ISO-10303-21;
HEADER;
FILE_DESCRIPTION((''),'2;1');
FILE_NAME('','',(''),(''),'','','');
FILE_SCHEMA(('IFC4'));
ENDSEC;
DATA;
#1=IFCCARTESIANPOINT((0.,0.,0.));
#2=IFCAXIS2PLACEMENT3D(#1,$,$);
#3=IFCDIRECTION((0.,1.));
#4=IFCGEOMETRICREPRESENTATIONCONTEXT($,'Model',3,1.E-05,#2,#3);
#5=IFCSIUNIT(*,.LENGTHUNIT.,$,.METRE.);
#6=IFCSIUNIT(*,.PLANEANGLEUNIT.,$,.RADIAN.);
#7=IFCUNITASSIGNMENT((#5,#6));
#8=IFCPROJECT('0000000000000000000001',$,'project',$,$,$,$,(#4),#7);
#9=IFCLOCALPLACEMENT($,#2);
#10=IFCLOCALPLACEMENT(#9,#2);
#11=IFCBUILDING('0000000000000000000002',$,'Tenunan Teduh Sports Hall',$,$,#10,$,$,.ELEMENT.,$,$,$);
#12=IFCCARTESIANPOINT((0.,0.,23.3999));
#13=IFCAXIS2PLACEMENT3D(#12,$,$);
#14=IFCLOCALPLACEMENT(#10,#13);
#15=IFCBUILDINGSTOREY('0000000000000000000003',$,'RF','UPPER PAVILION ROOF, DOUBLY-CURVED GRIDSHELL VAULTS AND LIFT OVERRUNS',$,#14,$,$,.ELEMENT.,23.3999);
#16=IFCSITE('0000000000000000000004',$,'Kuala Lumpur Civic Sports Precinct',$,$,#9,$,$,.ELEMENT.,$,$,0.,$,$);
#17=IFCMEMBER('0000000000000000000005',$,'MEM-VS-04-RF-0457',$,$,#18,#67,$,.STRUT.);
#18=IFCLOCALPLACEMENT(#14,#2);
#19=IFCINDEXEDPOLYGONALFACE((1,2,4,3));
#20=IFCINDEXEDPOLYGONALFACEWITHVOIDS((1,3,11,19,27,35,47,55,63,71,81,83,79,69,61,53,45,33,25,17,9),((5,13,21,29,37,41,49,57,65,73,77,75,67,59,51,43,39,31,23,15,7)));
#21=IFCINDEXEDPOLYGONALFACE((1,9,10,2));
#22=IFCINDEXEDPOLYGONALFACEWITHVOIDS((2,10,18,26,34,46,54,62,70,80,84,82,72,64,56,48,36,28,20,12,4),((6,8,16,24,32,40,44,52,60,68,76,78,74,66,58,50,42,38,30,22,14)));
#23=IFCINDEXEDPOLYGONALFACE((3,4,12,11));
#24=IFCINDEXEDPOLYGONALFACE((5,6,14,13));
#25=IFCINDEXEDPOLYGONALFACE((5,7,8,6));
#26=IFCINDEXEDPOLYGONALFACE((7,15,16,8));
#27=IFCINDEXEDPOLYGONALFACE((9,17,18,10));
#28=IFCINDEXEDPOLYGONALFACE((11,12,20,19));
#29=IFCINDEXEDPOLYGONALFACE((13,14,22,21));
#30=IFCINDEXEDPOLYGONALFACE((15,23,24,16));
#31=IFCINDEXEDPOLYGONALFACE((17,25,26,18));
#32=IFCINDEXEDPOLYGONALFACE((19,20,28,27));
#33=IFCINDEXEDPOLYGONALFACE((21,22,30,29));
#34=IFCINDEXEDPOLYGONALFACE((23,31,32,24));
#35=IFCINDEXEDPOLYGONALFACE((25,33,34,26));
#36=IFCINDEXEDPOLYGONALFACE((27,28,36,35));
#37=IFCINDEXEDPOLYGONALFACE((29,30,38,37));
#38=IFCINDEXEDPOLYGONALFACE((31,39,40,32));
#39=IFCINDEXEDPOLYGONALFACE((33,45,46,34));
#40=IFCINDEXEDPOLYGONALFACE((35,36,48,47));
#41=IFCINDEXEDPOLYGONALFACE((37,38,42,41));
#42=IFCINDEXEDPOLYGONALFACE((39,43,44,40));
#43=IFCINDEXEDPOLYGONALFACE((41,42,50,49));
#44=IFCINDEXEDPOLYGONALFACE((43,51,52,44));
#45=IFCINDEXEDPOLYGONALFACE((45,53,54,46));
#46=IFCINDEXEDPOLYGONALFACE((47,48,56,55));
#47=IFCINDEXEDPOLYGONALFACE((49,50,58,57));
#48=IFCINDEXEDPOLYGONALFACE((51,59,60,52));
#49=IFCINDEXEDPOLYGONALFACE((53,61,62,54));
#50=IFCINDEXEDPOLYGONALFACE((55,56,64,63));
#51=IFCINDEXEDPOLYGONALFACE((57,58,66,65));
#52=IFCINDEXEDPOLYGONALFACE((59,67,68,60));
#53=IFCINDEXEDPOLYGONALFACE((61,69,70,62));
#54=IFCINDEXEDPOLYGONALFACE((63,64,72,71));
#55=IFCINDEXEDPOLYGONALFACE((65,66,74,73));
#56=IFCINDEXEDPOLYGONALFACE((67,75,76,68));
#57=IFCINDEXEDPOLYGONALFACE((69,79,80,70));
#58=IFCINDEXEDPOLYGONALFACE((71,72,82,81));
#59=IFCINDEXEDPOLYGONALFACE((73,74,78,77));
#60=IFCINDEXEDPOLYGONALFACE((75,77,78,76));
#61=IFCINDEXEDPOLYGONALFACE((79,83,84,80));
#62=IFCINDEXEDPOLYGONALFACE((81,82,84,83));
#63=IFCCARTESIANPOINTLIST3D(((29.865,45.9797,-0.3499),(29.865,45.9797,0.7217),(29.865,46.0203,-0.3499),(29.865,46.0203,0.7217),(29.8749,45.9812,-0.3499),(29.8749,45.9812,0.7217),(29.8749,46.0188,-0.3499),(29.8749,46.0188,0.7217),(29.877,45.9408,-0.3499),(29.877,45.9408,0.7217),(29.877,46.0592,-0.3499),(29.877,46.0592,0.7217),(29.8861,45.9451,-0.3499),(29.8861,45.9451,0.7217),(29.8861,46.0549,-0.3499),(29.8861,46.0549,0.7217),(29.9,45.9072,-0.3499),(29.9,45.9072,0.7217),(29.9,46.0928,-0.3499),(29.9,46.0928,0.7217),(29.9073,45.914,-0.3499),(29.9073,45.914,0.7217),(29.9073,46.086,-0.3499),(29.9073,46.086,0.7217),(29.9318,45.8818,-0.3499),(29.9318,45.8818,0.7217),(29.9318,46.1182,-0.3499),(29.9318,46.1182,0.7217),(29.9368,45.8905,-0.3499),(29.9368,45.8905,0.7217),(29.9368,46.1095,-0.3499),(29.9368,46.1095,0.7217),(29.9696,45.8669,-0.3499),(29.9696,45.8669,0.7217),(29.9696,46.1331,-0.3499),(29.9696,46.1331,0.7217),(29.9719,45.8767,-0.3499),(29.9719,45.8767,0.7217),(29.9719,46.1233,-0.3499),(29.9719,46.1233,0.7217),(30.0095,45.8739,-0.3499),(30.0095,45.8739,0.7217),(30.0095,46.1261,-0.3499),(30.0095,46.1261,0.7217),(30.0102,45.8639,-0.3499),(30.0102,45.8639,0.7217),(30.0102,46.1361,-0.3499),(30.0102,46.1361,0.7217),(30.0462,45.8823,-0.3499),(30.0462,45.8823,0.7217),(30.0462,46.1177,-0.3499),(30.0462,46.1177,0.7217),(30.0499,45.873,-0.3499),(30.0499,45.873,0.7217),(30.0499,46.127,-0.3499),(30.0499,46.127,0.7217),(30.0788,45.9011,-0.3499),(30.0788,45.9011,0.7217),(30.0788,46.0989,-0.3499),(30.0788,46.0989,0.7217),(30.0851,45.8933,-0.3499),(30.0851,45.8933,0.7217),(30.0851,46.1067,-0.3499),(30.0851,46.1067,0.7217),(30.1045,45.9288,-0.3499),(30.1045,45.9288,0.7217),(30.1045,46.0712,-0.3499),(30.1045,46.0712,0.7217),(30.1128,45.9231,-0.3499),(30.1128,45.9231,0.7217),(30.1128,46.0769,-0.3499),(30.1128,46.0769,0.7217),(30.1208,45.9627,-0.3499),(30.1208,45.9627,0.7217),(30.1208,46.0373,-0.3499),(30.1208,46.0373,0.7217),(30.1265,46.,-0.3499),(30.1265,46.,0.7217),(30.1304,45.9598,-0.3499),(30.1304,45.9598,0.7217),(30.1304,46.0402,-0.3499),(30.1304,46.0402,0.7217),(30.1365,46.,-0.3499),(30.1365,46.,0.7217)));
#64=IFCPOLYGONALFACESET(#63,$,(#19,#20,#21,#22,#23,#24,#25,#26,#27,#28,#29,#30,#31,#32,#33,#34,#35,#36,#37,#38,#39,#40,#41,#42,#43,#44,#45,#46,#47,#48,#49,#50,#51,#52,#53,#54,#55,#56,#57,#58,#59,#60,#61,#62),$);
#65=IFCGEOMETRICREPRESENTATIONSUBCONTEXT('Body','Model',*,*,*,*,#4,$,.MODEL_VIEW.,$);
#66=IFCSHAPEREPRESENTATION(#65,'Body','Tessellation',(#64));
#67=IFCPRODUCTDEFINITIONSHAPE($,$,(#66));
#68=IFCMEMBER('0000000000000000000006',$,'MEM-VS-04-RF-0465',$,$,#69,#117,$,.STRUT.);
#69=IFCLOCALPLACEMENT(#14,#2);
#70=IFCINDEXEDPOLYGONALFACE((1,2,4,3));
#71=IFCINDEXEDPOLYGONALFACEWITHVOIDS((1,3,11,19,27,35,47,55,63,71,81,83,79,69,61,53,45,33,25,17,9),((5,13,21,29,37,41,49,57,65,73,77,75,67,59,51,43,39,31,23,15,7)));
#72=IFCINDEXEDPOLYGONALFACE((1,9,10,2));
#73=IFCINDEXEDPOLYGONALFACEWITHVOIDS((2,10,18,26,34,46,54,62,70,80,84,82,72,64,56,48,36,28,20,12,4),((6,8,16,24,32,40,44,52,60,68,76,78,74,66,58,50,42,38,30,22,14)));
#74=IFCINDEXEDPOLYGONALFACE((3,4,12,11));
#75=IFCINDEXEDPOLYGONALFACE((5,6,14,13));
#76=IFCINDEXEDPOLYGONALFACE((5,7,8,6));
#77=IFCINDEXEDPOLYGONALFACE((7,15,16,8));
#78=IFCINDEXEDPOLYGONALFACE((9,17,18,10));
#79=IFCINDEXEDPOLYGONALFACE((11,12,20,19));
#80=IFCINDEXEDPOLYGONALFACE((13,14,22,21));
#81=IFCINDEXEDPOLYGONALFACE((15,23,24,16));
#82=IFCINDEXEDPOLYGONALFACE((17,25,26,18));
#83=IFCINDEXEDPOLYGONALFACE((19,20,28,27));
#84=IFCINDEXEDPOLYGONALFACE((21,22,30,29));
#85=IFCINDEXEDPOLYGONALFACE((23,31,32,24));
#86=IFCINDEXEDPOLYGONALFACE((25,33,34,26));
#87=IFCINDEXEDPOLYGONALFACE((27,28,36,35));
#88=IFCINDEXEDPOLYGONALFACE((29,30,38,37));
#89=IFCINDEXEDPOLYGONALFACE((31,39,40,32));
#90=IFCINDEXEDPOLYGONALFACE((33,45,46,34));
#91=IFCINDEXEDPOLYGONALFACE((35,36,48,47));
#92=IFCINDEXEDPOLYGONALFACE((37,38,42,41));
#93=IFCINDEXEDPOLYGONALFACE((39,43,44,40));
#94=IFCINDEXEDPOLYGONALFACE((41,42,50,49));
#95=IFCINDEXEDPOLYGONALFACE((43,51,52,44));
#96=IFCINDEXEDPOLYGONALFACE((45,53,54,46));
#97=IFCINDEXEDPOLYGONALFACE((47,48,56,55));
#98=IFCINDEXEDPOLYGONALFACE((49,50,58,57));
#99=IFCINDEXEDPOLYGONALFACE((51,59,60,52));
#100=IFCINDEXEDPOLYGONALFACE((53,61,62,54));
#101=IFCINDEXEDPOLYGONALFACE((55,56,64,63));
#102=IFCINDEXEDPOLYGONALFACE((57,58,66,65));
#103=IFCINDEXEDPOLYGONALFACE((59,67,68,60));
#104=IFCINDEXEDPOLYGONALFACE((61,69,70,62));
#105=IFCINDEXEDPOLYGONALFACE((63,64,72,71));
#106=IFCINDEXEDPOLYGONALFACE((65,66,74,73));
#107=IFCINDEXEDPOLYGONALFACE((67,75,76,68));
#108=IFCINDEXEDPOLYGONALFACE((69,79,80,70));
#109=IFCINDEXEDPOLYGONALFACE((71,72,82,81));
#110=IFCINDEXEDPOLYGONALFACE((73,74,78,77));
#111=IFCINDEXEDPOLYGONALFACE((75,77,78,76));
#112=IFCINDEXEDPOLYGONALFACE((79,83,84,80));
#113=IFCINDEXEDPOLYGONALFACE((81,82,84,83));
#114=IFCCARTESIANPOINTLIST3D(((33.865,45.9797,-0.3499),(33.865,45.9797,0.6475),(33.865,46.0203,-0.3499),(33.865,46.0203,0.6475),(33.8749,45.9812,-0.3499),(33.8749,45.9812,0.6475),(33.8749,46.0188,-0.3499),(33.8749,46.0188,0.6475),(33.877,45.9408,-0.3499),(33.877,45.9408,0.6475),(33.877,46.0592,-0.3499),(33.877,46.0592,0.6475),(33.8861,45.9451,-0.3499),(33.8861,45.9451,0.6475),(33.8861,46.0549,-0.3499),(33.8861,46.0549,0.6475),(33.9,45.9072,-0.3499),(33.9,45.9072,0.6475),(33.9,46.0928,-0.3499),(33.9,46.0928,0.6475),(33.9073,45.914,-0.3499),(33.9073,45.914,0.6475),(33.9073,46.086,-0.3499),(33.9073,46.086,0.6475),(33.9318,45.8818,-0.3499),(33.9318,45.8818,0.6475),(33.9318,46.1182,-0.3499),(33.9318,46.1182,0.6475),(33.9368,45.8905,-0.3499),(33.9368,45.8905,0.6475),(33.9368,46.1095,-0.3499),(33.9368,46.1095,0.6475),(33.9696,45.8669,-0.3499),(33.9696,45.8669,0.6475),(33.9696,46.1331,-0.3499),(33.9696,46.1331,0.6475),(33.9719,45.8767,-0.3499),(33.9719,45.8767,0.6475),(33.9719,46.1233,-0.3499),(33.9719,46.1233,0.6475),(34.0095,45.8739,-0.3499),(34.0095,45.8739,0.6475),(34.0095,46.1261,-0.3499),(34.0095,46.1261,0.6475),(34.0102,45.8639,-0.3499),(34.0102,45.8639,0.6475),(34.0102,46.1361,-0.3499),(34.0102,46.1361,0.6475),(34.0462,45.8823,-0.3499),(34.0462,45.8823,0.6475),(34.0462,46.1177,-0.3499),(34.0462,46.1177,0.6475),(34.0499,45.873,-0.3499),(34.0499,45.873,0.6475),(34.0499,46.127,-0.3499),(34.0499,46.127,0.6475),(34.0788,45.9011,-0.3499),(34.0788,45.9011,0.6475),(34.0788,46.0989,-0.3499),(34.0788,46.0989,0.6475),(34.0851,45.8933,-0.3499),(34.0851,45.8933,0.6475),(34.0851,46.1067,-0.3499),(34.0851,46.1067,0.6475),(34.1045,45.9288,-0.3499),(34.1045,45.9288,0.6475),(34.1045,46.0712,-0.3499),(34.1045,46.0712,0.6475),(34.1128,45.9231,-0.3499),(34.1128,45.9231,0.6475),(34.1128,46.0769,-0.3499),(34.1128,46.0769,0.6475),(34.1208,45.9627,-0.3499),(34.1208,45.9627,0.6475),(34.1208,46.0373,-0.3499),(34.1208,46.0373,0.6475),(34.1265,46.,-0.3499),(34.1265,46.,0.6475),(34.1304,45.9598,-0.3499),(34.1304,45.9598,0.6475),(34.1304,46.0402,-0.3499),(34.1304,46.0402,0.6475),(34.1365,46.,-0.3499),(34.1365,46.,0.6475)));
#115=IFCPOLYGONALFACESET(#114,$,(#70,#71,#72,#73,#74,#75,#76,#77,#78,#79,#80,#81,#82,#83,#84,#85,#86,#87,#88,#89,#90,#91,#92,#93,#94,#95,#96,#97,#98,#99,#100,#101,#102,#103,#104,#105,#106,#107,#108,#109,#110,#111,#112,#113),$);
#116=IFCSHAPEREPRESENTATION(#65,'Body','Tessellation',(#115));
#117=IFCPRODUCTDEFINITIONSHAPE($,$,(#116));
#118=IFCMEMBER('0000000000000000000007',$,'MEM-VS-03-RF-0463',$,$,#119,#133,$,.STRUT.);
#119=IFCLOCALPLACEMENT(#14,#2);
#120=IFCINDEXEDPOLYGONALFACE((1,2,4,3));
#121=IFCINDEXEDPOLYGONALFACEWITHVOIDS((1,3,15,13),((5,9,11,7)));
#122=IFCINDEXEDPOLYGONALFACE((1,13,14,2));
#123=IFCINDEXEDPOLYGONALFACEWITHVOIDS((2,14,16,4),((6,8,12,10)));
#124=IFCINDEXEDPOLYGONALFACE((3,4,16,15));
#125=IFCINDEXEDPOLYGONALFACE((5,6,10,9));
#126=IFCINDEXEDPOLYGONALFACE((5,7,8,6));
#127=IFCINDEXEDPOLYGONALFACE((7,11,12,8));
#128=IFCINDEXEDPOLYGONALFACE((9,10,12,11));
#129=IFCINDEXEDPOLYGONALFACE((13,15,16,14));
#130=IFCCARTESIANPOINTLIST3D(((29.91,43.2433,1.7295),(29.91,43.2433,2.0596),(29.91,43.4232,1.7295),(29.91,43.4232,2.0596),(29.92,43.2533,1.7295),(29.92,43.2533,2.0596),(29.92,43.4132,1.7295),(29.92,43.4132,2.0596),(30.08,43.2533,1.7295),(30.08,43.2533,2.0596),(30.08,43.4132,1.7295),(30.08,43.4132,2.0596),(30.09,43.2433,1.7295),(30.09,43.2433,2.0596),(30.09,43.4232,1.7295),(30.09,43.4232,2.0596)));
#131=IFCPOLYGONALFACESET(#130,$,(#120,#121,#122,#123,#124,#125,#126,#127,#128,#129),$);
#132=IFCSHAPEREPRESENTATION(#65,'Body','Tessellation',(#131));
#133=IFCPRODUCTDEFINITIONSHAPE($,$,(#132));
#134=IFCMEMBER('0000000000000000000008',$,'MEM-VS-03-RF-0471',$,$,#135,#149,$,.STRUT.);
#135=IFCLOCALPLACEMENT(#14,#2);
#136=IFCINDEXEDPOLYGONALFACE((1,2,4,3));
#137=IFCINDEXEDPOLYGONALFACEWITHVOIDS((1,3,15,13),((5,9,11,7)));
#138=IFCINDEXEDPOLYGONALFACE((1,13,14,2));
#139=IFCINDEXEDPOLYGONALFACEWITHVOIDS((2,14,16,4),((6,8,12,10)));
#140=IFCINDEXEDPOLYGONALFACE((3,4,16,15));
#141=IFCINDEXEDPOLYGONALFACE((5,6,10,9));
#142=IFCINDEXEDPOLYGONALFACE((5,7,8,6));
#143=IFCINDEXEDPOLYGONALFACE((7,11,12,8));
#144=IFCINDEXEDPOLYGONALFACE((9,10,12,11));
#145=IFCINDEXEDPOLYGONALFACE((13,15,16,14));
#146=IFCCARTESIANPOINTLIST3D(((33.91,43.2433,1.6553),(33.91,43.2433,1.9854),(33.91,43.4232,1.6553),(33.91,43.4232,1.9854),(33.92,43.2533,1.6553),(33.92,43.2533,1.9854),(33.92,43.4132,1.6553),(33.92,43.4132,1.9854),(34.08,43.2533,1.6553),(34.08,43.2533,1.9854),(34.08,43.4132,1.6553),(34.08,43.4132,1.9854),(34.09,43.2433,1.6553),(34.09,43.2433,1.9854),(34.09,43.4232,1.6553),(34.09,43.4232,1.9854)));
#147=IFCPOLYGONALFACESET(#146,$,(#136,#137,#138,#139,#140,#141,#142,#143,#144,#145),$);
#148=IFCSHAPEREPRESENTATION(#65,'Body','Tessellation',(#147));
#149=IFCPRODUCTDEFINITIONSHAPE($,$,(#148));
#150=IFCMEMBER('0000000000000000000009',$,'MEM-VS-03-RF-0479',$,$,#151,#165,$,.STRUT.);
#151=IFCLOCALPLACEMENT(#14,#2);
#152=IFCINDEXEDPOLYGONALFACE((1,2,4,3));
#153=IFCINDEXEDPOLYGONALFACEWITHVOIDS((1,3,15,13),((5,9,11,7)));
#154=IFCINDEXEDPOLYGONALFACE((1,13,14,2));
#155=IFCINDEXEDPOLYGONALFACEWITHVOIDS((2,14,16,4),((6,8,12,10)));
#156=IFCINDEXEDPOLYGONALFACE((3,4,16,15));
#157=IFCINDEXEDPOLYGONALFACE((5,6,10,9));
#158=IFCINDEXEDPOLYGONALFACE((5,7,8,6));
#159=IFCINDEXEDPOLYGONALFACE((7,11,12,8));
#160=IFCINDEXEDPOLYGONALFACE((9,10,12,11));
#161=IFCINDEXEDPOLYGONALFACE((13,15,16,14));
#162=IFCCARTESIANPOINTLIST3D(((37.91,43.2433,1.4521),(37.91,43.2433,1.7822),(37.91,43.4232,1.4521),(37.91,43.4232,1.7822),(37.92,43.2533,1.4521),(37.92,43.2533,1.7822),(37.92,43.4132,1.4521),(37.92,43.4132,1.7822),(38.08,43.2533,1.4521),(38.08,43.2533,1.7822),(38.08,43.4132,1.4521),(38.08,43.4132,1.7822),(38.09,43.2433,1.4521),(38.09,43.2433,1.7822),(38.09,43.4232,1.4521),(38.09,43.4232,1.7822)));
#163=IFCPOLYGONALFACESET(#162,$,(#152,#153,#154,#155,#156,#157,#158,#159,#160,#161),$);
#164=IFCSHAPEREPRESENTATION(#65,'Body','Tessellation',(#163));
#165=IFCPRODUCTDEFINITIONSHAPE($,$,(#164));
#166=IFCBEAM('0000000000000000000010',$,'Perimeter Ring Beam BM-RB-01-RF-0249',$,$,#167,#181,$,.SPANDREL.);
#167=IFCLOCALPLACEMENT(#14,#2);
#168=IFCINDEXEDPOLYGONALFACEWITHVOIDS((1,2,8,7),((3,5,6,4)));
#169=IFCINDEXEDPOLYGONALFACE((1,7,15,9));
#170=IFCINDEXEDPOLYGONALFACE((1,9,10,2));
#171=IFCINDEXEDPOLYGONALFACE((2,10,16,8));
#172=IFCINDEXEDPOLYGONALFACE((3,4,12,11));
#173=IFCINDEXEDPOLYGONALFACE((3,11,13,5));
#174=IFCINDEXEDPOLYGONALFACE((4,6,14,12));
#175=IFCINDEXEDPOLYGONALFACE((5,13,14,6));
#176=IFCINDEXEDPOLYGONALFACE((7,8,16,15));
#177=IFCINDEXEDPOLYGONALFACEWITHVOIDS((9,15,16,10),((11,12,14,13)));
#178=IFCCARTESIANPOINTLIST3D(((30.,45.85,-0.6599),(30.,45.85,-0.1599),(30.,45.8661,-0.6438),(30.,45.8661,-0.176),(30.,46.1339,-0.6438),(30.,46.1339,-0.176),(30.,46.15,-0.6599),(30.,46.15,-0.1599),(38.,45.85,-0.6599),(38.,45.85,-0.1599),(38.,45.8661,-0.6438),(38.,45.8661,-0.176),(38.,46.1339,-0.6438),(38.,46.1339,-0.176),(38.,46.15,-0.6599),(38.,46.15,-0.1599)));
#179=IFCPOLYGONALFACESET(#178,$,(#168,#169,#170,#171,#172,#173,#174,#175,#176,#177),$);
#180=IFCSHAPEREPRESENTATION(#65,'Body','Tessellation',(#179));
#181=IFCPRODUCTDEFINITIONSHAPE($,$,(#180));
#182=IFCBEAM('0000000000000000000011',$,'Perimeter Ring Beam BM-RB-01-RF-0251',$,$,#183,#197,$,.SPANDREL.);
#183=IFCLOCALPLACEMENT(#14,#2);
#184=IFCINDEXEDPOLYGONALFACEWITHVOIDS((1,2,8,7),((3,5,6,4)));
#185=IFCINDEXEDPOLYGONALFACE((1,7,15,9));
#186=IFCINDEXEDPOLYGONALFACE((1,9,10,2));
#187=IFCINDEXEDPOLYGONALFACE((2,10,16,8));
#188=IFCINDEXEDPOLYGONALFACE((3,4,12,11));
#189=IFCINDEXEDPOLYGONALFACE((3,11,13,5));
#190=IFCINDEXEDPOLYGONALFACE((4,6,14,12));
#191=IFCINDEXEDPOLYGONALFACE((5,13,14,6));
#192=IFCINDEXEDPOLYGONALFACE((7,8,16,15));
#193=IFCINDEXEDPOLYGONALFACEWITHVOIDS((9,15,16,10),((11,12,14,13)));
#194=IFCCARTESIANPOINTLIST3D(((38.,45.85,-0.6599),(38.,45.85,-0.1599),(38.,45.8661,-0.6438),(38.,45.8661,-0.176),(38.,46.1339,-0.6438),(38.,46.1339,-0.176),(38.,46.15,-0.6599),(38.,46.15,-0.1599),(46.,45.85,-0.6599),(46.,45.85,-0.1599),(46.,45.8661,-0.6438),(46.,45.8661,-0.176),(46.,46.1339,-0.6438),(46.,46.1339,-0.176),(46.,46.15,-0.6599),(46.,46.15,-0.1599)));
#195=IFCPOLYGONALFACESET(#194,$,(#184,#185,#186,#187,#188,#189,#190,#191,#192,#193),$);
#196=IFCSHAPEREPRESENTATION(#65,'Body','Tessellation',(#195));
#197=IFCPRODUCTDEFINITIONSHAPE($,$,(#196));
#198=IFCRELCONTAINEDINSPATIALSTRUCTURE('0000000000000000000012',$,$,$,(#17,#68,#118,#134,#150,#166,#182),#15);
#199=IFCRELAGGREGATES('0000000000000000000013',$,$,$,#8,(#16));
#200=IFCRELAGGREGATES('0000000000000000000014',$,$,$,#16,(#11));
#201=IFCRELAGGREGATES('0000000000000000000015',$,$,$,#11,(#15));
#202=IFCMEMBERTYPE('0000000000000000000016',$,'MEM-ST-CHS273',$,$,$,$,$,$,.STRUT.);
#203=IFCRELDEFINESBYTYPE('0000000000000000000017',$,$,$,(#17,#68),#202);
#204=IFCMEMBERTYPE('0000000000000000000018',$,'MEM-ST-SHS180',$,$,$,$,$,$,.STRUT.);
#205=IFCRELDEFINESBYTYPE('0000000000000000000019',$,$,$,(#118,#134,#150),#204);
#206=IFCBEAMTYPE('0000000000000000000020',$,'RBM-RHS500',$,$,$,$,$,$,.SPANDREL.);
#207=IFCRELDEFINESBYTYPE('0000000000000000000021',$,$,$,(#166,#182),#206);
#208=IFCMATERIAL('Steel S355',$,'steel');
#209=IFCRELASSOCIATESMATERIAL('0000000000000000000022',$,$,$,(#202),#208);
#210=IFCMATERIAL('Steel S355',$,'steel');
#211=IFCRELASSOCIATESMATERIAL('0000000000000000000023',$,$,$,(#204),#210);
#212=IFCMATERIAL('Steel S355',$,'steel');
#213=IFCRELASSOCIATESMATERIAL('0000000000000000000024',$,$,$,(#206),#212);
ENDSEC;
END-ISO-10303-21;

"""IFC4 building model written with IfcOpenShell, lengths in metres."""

from ifc_helpers import new_model, si_unit, direction, frame, origin, origin_2d, place, context, subcontext, project, spatial, hollow_rectangle, hollow_circle, extrude, material, material_profile, profile_set, type_object, element, save


model = new_model("IFC4")

# Units and contexts
model_context = context("Model", 3, precision=1e-05, world=origin(), true_north=direction((0.0, 1.0)))
body_context = subcontext(model_context, "Body", "Model", "MODEL_VIEW")
ifc_project = project(units=[si_unit("LENGTHUNIT", "METRE"), si_unit("PLANEANGLEUNIT", "RADIAN")], contexts=[model_context])

# Site, building, storey
site_placement = place(None, origin())
site = spatial("IfcSite", under=ifc_project, at=site_placement, Name="Kuala Lumpur Civic Sports Precinct", CompositionType="ELEMENT", RefElevation=0.0)
building_placement = place(site_placement, origin())
building = spatial("IfcBuilding", under=site, at=building_placement, Name="Tenunan Teduh Sports Hall", CompositionType="ELEMENT")
storey_placement = place(building_placement, frame((0.0, 0.0, 23.3999)))
storey = spatial("IfcBuildingStorey", under=building, at=storey_placement, Name="RF", Description="UPPER PAVILION ROOF, DOUBLY-CURVED GRIDSHELL VAULTS AND LIFT OVERRUNS", CompositionType="ELEMENT", Elevation=23.3999)

# Members
ifc_material_1 = material(Name="Steel S355", Category="steel")
ifc_material_profile_1 = material_profile(ifc_material_1, hollow_circle(Radius=0.1365, WallThickness=0.01, at=origin_2d()), Name="CHS 273.0x10.0")
ifc_profile_set_1 = profile_set([ifc_material_profile_1], Name="Steel S355")
member_type_1 = type_object("IfcMemberType", Name="MEM-ST-CHS273", PredefinedType="STRUT", material=ifc_profile_set_1)
member_1_placement = place(storey_placement, frame((30.0, 46.0, -0.3499), z_axis=(0.0, 0.0, 1.0), x_axis=(1.0, 0.0, 0.0)))
element("IfcMember", 1, at=member_1_placement, inside=storey, type_object=member_type_1, Name="MEM-VS-04-RF-0457", PredefinedType="STRUT", context=body_context, shape_type="SweptSolid", body=[
    extrude(hollow_circle(Radius=0.1365, WallThickness=0.01, at=origin_2d()), origin(), (0.0, 0.0, 1.0), 1.0715),
])
member_2_placement = place(storey_placement, frame((34.0, 46.0, -0.3499), z_axis=(0.0, 0.0, 1.0), x_axis=(1.0, 0.0, 0.0)))
element("IfcMember", 2, at=member_2_placement, inside=storey, type_object=member_type_1, Name="MEM-VS-04-RF-0465", PredefinedType="STRUT", context=body_context, shape_type="SweptSolid", body=[
    extrude(hollow_circle(Radius=0.1365, WallThickness=0.01, at=origin_2d()), origin(), (0.0, 0.0, 1.0), 0.9973),
])
ifc_material_2 = material(Name="Steel S355", Category="steel")
ifc_material_profile_2 = material_profile(ifc_material_2, hollow_rectangle(XDim=0.1799, YDim=0.1799, WallThickness=0.01, at=origin_2d()), Name="SHS 180x180x10.0")
ifc_profile_set_2 = profile_set([ifc_material_profile_2], Name="Steel S355")
member_type_2 = type_object("IfcMemberType", Name="MEM-ST-SHS180", PredefinedType="STRUT", material=ifc_profile_set_2)
for number, where, z_axis, x_axis, name in (
    (3, (30.0, 43.3333, 1.7295), (0.0, 0.0, 1.0), (1.0, 0.0, 0.0), "MEM-VS-03-RF-0463"),
    (4, (34.0, 43.3333, 1.6553), (0.0, 0.0, 1.0), (1.0, 0.0, 0.0), "MEM-VS-03-RF-0471"),
    (5, (38.0, 43.3333, 1.4521), (0.0, 0.0, 1.0), (1.0, 0.0, 0.0), "MEM-VS-03-RF-0479"),
):
    element("IfcMember", number, at=place(storey_placement, frame(where, z_axis=z_axis, x_axis=x_axis)), inside=storey, type_object=member_type_2, Name=name, PredefinedType="STRUT", context=body_context, shape_type="SweptSolid", body=[
        extrude(hollow_rectangle(XDim=0.1799, YDim=0.1799, WallThickness=0.01, at=origin_2d()), origin(), (0.0, 0.0, 1.0), 0.3301),
    ])

# Beams
ifc_material_3 = material(Name="Steel S355", Category="steel")
ifc_material_profile_3 = material_profile(ifc_material_3, hollow_rectangle(XDim=0.3, YDim=0.5, WallThickness=0.0161, at=origin_2d()), Name="RHS 500x300x16.0")
ifc_profile_set_3 = profile_set([ifc_material_profile_3], Name="Steel S355")
beam_type_1 = type_object("IfcBeamType", Name="RBM-RHS500", PredefinedType="SPANDREL", material=ifc_profile_set_3)
for number, where, z_axis, x_axis, name in (
    (6, (30.0, 46.0, -0.4099), (1.0, 0.0, 0.0), (0.0, 1.0, 0.0), "Perimeter Ring Beam BM-RB-01-RF-0249"),
    (7, (38.0, 46.0, -0.4099), (1.0, 0.0, 0.0), (0.0, 1.0, 0.0), "Perimeter Ring Beam BM-RB-01-RF-0251"),
):
    element("IfcBeam", number, at=place(storey_placement, frame(where, z_axis=z_axis, x_axis=x_axis)), inside=storey, type_object=beam_type_1, Name=name, PredefinedType="SPANDREL", context=body_context, shape_type="SweptSolid", body=[
        extrude(hollow_rectangle(XDim=0.3, YDim=0.5, WallThickness=0.0161, at=origin_2d()), origin(), (0.0, 0.0, 1.0), 8.0),
    ])

save(model, "model.ifc")
